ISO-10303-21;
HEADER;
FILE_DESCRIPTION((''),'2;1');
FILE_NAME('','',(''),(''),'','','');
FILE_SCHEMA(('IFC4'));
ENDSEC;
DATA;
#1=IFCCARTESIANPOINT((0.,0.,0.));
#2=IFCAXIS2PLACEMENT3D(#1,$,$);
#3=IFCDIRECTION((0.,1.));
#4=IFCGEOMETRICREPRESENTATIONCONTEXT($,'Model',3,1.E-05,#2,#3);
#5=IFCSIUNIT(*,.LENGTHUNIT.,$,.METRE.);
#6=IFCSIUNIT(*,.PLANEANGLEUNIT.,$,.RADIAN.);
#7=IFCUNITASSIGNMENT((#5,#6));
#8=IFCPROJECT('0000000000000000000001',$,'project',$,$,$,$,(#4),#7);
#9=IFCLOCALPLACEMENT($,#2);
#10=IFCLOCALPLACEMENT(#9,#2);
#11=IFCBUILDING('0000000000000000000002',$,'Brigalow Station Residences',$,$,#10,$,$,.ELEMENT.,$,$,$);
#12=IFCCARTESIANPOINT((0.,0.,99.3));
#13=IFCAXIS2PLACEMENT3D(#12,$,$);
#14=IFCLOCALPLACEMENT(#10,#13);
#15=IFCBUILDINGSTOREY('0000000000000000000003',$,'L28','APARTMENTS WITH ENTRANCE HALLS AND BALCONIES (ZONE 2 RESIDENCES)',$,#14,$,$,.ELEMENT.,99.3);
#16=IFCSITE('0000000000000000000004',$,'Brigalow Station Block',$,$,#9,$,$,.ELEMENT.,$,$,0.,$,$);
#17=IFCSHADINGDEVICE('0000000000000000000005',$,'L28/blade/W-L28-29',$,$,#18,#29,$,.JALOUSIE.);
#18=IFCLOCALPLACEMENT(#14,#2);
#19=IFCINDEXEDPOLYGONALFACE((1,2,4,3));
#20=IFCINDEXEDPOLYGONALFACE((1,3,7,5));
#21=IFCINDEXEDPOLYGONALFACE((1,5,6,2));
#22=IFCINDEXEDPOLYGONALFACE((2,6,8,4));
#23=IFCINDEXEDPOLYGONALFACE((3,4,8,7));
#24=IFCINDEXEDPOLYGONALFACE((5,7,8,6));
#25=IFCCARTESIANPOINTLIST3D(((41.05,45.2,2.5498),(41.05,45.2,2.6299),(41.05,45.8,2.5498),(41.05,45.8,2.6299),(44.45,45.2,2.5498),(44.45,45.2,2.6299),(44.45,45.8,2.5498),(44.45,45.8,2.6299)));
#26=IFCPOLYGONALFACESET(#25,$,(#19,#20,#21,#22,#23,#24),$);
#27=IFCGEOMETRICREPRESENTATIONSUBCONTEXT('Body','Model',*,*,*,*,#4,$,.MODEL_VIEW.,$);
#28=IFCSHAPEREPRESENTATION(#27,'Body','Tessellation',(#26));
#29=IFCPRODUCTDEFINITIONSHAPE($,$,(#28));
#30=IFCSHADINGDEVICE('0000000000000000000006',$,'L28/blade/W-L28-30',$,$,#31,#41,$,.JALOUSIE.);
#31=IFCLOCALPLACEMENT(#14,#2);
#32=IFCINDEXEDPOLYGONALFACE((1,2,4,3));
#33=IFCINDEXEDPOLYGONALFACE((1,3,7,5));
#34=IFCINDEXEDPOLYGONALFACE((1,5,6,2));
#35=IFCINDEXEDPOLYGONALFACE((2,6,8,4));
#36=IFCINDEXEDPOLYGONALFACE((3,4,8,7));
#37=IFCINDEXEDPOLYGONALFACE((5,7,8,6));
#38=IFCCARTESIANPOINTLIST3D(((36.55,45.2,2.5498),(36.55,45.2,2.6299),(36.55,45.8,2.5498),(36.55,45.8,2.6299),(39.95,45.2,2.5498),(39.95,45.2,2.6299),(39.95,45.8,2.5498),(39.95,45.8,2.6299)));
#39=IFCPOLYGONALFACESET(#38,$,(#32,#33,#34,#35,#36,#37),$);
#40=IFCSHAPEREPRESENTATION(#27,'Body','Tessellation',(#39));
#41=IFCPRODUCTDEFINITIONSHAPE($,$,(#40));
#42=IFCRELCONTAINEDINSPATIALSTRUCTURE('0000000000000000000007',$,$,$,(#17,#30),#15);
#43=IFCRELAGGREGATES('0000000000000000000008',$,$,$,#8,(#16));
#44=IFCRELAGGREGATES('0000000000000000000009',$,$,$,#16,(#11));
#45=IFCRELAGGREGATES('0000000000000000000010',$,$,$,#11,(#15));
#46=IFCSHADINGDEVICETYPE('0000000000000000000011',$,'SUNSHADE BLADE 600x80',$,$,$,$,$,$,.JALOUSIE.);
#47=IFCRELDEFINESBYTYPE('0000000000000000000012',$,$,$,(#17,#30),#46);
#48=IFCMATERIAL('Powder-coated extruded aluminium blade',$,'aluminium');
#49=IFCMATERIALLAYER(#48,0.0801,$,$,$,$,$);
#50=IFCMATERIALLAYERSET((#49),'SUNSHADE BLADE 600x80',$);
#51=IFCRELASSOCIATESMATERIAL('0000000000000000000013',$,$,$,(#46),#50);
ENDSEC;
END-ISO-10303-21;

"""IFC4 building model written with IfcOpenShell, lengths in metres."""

from ifc_helpers import new_model, si_unit, direction, frame, origin, origin_2d, place, context, subcontext, project, spatial, rectangle, extrude, material, layer, layer_set, type_object, element, save


model = new_model("IFC4")

# Units and contexts
model_context = context("Model", 3, precision=1e-05, world=origin(), true_north=direction((0.0, 1.0)))
body_context = subcontext(model_context, "Body", "Model", "MODEL_VIEW")
ifc_project = project(units=[si_unit("LENGTHUNIT", "METRE"), si_unit("PLANEANGLEUNIT", "RADIAN")], contexts=[model_context])

# Site, building, storey
site_placement = place(None, origin())
site = spatial("IfcSite", under=ifc_project, at=site_placement, Name="Brigalow Station Block", CompositionType="ELEMENT", RefElevation=0.0)
building_placement = place(site_placement, origin())
building = spatial("IfcBuilding", under=site, at=building_placement, Name="Brigalow Station Residences", CompositionType="ELEMENT")
storey_placement = place(building_placement, frame((0.0, 0.0, 99.3)))
storey = spatial("IfcBuildingStorey", under=building, at=storey_placement, Name="L28", Description="APARTMENTS WITH ENTRANCE HALLS AND BALCONIES (ZONE 2 RESIDENCES)", CompositionType="ELEMENT", Elevation=99.3)

# Shading devices
ifc_material_1 = material(Name="Powder-coated extruded aluminium blade", Category="aluminium")
ifc_layer_1 = layer(ifc_material_1, 0.0801)
ifc_layer_set_1 = layer_set([ifc_layer_1], Name="SUNSHADE BLADE 600x80")
shading_device_type = type_object("IfcShadingDeviceType", Name="SUNSHADE BLADE 600x80", PredefinedType="JALOUSIE", material=ifc_layer_set_1)
for number, where, z_axis, x_axis, name in (
    (1, (42.75, 45.5, 2.5498), (0.0, 0.0, 1.0), (-1.0, 0.0, 0.0), "L28/blade/W-L28-29"),
    (2, (38.25, 45.5, 2.5498), (0.0, 0.0, 1.0), (-1.0, 0.0, 0.0), "L28/blade/W-L28-30"),
):
    element("IfcShadingDevice", number, at=place(storey_placement, frame(where, z_axis=z_axis, x_axis=x_axis)), inside=storey, type_object=shading_device_type, Name=name, PredefinedType="JALOUSIE", context=body_context, shape_type="SweptSolid", body=[
        extrude(rectangle(XDim=3.3999, YDim=0.6001, at=origin_2d()), origin(), (0.0, 0.0, 1.0), 0.0801),
    ])

save(model, "model.ifc")
